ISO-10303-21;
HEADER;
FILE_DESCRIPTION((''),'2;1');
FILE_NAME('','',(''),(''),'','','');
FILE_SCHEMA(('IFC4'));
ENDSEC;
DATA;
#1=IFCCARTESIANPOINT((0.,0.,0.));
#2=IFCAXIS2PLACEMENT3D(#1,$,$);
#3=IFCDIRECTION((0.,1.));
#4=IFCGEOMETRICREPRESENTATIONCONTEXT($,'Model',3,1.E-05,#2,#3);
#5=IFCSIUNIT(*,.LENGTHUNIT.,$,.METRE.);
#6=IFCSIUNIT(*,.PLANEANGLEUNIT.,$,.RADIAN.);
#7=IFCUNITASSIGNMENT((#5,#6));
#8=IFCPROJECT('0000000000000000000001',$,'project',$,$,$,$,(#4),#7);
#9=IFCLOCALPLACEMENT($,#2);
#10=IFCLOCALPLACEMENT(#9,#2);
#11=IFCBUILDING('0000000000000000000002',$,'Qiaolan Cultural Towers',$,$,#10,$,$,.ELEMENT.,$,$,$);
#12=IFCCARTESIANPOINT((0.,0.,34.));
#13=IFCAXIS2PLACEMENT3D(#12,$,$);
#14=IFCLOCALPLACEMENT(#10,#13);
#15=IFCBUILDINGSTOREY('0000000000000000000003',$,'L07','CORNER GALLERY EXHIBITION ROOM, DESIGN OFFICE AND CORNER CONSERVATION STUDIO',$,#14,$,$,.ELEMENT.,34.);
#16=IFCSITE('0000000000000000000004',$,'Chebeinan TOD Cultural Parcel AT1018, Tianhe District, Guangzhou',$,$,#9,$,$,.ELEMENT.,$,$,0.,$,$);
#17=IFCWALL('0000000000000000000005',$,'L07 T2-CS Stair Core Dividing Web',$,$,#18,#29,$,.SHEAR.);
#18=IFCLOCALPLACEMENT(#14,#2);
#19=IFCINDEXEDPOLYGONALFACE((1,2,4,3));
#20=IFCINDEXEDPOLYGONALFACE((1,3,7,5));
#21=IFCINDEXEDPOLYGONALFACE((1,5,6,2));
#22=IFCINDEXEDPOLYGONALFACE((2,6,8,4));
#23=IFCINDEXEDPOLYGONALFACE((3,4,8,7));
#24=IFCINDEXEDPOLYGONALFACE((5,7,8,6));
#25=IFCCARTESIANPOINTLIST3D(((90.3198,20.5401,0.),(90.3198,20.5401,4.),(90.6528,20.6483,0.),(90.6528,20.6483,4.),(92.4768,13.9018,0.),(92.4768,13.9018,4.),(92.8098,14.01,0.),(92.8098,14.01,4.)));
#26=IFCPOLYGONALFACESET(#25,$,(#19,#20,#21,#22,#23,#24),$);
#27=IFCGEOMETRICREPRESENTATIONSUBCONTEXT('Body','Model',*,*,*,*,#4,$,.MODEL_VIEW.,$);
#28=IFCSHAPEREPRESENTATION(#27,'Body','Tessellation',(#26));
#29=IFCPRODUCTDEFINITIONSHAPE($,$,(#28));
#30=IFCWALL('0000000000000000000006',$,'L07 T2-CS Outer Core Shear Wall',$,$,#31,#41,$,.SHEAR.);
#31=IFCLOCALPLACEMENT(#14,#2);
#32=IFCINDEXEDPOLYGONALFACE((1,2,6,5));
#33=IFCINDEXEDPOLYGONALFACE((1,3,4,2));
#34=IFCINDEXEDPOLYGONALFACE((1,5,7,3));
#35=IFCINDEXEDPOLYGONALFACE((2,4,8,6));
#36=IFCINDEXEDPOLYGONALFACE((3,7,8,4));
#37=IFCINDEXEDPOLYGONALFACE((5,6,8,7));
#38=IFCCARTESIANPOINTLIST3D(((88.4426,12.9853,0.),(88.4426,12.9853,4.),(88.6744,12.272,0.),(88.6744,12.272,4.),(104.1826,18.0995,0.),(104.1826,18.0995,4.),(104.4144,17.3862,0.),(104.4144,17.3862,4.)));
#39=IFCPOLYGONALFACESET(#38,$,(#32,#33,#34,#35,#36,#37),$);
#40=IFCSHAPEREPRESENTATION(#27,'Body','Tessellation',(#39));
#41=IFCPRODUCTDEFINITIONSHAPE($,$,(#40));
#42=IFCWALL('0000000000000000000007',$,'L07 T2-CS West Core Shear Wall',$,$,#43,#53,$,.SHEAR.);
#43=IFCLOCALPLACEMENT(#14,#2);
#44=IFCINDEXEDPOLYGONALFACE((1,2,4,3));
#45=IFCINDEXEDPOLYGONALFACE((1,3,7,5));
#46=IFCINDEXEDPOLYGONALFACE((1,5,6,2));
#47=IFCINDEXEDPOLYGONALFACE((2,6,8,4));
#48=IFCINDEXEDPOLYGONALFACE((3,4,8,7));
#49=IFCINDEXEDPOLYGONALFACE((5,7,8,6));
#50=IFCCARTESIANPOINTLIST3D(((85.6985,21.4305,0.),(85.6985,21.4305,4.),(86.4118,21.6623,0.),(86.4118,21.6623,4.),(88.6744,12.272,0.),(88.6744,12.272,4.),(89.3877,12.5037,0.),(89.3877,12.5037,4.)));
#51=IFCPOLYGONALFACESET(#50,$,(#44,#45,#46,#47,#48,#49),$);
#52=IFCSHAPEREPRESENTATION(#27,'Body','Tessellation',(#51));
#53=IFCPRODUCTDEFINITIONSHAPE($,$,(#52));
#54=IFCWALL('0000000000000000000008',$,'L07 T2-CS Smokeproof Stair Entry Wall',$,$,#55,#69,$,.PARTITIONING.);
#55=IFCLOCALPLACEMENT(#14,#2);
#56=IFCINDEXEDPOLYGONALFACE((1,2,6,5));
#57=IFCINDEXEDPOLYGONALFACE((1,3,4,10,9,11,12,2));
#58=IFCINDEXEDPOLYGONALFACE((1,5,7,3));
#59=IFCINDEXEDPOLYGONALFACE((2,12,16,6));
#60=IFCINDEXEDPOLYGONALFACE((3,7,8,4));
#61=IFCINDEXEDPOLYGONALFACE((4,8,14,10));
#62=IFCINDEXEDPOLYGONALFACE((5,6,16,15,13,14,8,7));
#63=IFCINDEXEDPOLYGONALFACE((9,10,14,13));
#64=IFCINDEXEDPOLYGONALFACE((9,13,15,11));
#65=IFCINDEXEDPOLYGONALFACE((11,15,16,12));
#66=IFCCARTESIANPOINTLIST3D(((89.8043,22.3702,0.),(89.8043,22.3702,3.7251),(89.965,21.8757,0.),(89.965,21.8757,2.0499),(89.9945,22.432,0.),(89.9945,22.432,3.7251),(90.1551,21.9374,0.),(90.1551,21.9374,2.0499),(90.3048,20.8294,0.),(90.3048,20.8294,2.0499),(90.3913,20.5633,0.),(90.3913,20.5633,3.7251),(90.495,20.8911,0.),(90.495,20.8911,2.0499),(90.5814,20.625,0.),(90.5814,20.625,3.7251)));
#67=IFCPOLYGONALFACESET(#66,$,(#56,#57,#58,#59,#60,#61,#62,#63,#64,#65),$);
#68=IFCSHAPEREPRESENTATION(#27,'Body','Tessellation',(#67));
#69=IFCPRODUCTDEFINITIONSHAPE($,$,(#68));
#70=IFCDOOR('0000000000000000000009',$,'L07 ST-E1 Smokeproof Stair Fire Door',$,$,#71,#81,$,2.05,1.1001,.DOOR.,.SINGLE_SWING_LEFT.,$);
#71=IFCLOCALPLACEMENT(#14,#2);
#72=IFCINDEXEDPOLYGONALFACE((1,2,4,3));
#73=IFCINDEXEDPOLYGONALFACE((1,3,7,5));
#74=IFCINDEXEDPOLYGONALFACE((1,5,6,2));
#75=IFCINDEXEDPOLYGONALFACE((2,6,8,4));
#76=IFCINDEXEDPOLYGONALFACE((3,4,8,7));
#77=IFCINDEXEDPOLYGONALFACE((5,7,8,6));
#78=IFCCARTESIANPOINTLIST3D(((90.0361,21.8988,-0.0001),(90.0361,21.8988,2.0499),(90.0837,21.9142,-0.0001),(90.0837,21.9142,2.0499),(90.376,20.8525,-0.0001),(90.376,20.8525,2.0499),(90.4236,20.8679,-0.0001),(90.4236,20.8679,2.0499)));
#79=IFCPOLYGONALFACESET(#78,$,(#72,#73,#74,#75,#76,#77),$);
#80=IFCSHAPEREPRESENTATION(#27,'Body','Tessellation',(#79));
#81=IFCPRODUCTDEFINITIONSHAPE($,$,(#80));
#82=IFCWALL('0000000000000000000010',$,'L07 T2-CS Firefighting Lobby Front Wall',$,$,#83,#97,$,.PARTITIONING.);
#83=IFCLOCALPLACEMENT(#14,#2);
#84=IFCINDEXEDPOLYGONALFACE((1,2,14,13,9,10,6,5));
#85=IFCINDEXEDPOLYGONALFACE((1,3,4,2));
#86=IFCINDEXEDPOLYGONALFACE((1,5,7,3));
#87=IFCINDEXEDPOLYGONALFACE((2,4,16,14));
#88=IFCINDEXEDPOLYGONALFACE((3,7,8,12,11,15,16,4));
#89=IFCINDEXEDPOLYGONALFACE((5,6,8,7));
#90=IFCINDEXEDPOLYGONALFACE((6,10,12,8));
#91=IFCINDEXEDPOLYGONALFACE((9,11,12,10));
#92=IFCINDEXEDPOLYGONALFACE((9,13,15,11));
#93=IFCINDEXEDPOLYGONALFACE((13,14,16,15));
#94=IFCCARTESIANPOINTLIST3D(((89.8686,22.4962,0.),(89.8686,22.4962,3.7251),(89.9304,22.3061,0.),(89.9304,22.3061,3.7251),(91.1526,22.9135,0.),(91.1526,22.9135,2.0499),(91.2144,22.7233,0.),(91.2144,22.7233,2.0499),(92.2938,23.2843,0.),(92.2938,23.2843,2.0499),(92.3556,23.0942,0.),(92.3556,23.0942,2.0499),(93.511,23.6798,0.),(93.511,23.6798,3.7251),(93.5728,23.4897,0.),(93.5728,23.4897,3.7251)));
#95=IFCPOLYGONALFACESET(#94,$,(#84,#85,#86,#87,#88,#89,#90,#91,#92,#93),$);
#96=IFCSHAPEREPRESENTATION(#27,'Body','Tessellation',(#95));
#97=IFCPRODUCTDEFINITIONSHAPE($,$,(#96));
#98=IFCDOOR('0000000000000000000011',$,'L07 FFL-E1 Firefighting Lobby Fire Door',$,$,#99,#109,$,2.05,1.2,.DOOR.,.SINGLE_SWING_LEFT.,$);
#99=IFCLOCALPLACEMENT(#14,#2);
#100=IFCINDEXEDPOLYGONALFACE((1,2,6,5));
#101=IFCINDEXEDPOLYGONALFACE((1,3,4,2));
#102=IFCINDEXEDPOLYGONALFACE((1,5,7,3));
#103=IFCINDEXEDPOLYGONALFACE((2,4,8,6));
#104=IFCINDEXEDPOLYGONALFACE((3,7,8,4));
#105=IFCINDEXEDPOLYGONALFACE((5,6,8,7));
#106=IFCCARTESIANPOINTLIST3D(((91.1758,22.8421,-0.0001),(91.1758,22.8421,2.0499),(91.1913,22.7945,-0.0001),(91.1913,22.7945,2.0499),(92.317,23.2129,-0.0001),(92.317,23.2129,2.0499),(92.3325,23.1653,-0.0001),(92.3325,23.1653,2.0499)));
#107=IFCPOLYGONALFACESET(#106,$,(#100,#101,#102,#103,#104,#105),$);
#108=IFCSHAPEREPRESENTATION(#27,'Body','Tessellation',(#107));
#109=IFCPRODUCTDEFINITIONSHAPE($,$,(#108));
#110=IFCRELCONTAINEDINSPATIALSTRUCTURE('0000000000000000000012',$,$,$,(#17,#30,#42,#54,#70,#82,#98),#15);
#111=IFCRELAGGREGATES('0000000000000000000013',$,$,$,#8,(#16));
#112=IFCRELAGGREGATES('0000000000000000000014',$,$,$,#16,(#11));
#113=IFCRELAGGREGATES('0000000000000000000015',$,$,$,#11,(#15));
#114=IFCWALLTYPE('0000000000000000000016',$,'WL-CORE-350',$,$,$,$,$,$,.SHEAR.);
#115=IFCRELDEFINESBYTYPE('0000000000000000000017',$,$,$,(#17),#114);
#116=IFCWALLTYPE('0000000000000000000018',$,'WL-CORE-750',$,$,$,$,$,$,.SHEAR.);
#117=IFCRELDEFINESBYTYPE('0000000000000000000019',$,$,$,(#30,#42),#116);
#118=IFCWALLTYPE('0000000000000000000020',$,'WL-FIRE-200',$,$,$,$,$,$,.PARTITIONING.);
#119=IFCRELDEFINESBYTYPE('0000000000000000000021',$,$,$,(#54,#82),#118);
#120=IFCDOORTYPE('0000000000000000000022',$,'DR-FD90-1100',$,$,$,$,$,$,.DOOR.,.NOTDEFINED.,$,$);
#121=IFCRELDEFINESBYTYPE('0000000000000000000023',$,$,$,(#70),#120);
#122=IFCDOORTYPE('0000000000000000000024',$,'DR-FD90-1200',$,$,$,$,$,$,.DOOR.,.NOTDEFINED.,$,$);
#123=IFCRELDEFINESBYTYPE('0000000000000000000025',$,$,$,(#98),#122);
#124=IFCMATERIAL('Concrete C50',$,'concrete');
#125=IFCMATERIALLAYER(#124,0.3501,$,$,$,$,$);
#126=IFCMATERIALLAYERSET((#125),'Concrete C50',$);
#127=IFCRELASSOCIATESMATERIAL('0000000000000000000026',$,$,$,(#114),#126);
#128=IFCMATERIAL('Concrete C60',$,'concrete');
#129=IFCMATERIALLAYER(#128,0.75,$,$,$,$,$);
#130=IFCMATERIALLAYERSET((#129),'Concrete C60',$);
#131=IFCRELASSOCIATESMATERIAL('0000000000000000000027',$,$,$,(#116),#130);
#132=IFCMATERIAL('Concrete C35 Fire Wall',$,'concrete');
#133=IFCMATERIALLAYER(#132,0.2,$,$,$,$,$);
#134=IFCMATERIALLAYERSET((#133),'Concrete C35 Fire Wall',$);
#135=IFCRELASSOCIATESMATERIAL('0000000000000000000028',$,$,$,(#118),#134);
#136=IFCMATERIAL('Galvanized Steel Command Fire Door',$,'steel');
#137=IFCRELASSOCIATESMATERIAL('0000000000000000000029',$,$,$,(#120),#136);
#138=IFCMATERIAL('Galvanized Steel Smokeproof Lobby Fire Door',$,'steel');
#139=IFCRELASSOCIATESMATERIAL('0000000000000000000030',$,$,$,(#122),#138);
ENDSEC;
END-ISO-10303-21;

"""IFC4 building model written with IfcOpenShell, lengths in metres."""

from ifc_helpers import new_model, si_unit, direction, frame, frame_2d, origin, place, context, subcontext, project, spatial, rectangle, extrude, material, layer, layer_set, type_object, element, fill, save


model = new_model("IFC4")

# Units and contexts
model_context = context("Model", 3, precision=1e-05, world=origin(), true_north=direction((0.0, 1.0)))
body_context = subcontext(model_context, "Body", "Model", "MODEL_VIEW")
ifc_project = project(units=[si_unit("LENGTHUNIT", "METRE"), si_unit("PLANEANGLEUNIT", "RADIAN")], contexts=[model_context])

# Site, building, storey
site_placement = place(None, origin())
site = spatial("IfcSite", under=ifc_project, at=site_placement, Name="Chebeinan TOD Cultural Parcel AT1018, Tianhe District, Guangzhou", CompositionType="ELEMENT", RefElevation=0.0)
building_placement = place(site_placement, origin())
building = spatial("IfcBuilding", under=site, at=building_placement, Name="Qiaolan Cultural Towers", CompositionType="ELEMENT")
storey_placement = place(building_placement, frame((0.0, 0.0, 34.0)))
storey = spatial("IfcBuildingStorey", under=building, at=storey_placement, Name="L07", Description="CORNER GALLERY EXHIBITION ROOM, DESIGN OFFICE AND CORNER CONSERVATION STUDIO", CompositionType="ELEMENT", Elevation=34.0)

# Walls
ifc_material_1 = material(Name="Concrete C50", Category="concrete")
ifc_layer_1 = layer(ifc_material_1, 0.3501)
ifc_layer_set_1 = layer_set([ifc_layer_1], Name="Concrete C50")
wall_type_1 = type_object("IfcWallType", Name="WL-CORE-350", PredefinedType="SHEAR", material=ifc_layer_set_1)
wall_1_placement = place(storey_placement, frame((90.4863, 20.5942, 0.0), z_axis=(0.0, 0.0, 1.0), x_axis=(0.30902, -0.951055, 0.0)))
element("IfcWall", 1, at=wall_1_placement, inside=storey, type_object=wall_type_1, Name="L07 T2-CS Stair Core Dividing Web", PredefinedType="SHEAR", context=body_context, shape_type="SweptSolid", body=[
    extrude(rectangle(XDim=6.98, YDim=0.3501, at=frame_2d((3.49, 0.0))), origin(), (0.0, 0.0, 1.0), 4.0),
])
ifc_material_2 = material(Name="Concrete C60", Category="concrete")
ifc_layer_2 = layer(ifc_material_2, 0.75)
ifc_layer_set_2 = layer_set([ifc_layer_2], Name="Concrete C60")
wall_type_2 = type_object("IfcWallType", Name="WL-CORE-750", PredefinedType="SHEAR", material=ifc_layer_set_2)
wall_2_placement = place(storey_placement, frame((88.5586, 12.6287, 0.0), z_axis=(0.0, 0.0, 1.0), x_axis=(0.951056, 0.309018, 0.0)))
element("IfcWall", 2, at=wall_2_placement, inside=storey, type_object=wall_type_2, Name="L07 T2-CS Outer Core Shear Wall", PredefinedType="SHEAR", context=body_context, shape_type="SweptSolid", body=[
    extrude(rectangle(XDim=16.55, YDim=0.75, at=frame_2d((8.2749, 0.0))), origin(), (0.0, 0.0, 1.0), 4.0),
])
wall_3_placement = place(storey_placement, frame((86.0552, 21.5464, 0.0), z_axis=(0.0, 0.0, 1.0), x_axis=(0.309024, -0.951054, 0.0)))
element("IfcWall", 3, at=wall_3_placement, inside=storey, type_object=wall_type_2, Name="L07 T2-CS West Core Shear Wall", PredefinedType="SHEAR", context=body_context, shape_type="SweptSolid", body=[
    extrude(rectangle(XDim=9.6299, YDim=0.75, at=frame_2d((4.8149, 0.0))), origin(), (0.0, 0.0, 1.0), 4.0),
])

# Walls, openings, doors
ifc_material_3 = material(Name="Concrete C35 Fire Wall", Category="concrete")
ifc_layer_3 = layer(ifc_material_3, 0.2)
ifc_layer_set_3 = layer_set([ifc_layer_3], Name="Concrete C35 Fire Wall")
wall_type_3 = type_object("IfcWallType", Name="WL-FIRE-200", PredefinedType="PARTITIONING", material=ifc_layer_set_3)
wall_4_placement = place(storey_placement, frame((89.8994, 22.4011, 0.0), z_axis=(0.0, 0.0, 1.0), x_axis=(0.308932, -0.951084, 0.0)))
wall_4 = element("IfcWall", 4, at=wall_4_placement, inside=storey, type_object=wall_type_3, Name="L07 T2-CS Smokeproof Stair Entry Wall", PredefinedType="PARTITIONING", context=body_context, shape_type="SweptSolid", body=[
    extrude(rectangle(XDim=1.8999, YDim=0.2, at=frame_2d((0.95, 0.0))), origin(), (0.0, 0.0, 1.0), 3.7251),
])
opening_1_placement = place(wall_4_placement, frame((0.52, 0.0, 0.0)))
opening_1 = element("IfcOpeningElement", 5, at=opening_1_placement, cuts=wall_4, PredefinedType="OPENING", context=body_context, shape_type="SweptSolid", body=[
    extrude(rectangle(XDim=1.1001, YDim=2.05, at=frame_2d((0.55, 1.0249))), frame((0.0, 0.1099, 0.0), z_axis=(0.0, -1.0, 0.0), x_axis=(1.0, 0.0, 0.0)), (0.0, 0.0, 1.0), 0.22),
])
ifc_material_4 = material(Name="Galvanized Steel Command Fire Door", Category="steel")
door_type_1 = type_object("IfcDoorType", Name="DR-FD90-1100", OperationType="NOTDEFINED", PredefinedType="DOOR", material=ifc_material_4)
door_1_placement = place(opening_1_placement, origin())
door_1 = element("IfcDoor", 6, at=door_1_placement, inside=storey, type_object=door_type_1, Name="L07 ST-E1 Smokeproof Stair Fire Door", OperationType="SINGLE_SWING_LEFT", OverallHeight=2.05, OverallWidth=1.1001, PredefinedType="DOOR", context=body_context, shape_type="SweptSolid", body=[
    extrude(rectangle(XDim=1.1001, YDim=2.05, at=frame_2d((0.55, 1.0249))), frame((0.0, 0.0249, 0.0), z_axis=(0.0, -1.0, 0.0), x_axis=(1.0, 0.0, 0.0)), (0.0, 0.0, 1.0), 0.05),
])
fill(opening_1, door_1)
wall_5_placement = place(storey_placement, frame((89.8994, 22.4011, 0.0), z_axis=(0.0, 0.0, 1.0), x_axis=(0.951047, 0.309047, 0.0)))
wall_5 = element("IfcWall", 7, at=wall_5_placement, inside=storey, type_object=wall_type_3, Name="L07 T2-CS Firefighting Lobby Front Wall", PredefinedType="PARTITIONING", context=body_context, shape_type="SweptSolid", body=[
    extrude(rectangle(XDim=3.8298, YDim=0.2, at=frame_2d((1.915, 0.0))), origin(), (0.0, 0.0, 1.0), 3.7251),
])
opening_2_placement = place(wall_5_placement, frame((1.3501, 0.0, 0.0)))
opening_2 = element("IfcOpeningElement", 8, at=opening_2_placement, cuts=wall_5, PredefinedType="OPENING", context=body_context, shape_type="SweptSolid", body=[
    extrude(rectangle(XDim=1.2, YDim=2.05, at=frame_2d((0.6001, 1.0249))), frame((0.0, 0.1099, 0.0), z_axis=(0.0, -1.0, 0.0), x_axis=(1.0, 0.0, 0.0)), (0.0, 0.0, 1.0), 0.22),
])
ifc_material_5 = material(Name="Galvanized Steel Smokeproof Lobby Fire Door", Category="steel")
door_type_2 = type_object("IfcDoorType", Name="DR-FD90-1200", OperationType="NOTDEFINED", PredefinedType="DOOR", material=ifc_material_5)
door_2_placement = place(opening_2_placement, origin())
door_2 = element("IfcDoor", 9, at=door_2_placement, inside=storey, type_object=door_type_2, Name="L07 FFL-E1 Firefighting Lobby Fire Door", OperationType="SINGLE_SWING_LEFT", OverallHeight=2.05, OverallWidth=1.2, PredefinedType="DOOR", context=body_context, shape_type="SweptSolid", body=[
    extrude(rectangle(XDim=1.2, YDim=2.05, at=frame_2d((0.6001, 1.0249))), frame((0.0, 0.0249, 0.0), z_axis=(0.0, -1.0, 0.0), x_axis=(1.0, 0.0, 0.0)), (0.0, 0.0, 1.0), 0.05),
])
fill(opening_2, door_2)

save(model, "model.ifc")
